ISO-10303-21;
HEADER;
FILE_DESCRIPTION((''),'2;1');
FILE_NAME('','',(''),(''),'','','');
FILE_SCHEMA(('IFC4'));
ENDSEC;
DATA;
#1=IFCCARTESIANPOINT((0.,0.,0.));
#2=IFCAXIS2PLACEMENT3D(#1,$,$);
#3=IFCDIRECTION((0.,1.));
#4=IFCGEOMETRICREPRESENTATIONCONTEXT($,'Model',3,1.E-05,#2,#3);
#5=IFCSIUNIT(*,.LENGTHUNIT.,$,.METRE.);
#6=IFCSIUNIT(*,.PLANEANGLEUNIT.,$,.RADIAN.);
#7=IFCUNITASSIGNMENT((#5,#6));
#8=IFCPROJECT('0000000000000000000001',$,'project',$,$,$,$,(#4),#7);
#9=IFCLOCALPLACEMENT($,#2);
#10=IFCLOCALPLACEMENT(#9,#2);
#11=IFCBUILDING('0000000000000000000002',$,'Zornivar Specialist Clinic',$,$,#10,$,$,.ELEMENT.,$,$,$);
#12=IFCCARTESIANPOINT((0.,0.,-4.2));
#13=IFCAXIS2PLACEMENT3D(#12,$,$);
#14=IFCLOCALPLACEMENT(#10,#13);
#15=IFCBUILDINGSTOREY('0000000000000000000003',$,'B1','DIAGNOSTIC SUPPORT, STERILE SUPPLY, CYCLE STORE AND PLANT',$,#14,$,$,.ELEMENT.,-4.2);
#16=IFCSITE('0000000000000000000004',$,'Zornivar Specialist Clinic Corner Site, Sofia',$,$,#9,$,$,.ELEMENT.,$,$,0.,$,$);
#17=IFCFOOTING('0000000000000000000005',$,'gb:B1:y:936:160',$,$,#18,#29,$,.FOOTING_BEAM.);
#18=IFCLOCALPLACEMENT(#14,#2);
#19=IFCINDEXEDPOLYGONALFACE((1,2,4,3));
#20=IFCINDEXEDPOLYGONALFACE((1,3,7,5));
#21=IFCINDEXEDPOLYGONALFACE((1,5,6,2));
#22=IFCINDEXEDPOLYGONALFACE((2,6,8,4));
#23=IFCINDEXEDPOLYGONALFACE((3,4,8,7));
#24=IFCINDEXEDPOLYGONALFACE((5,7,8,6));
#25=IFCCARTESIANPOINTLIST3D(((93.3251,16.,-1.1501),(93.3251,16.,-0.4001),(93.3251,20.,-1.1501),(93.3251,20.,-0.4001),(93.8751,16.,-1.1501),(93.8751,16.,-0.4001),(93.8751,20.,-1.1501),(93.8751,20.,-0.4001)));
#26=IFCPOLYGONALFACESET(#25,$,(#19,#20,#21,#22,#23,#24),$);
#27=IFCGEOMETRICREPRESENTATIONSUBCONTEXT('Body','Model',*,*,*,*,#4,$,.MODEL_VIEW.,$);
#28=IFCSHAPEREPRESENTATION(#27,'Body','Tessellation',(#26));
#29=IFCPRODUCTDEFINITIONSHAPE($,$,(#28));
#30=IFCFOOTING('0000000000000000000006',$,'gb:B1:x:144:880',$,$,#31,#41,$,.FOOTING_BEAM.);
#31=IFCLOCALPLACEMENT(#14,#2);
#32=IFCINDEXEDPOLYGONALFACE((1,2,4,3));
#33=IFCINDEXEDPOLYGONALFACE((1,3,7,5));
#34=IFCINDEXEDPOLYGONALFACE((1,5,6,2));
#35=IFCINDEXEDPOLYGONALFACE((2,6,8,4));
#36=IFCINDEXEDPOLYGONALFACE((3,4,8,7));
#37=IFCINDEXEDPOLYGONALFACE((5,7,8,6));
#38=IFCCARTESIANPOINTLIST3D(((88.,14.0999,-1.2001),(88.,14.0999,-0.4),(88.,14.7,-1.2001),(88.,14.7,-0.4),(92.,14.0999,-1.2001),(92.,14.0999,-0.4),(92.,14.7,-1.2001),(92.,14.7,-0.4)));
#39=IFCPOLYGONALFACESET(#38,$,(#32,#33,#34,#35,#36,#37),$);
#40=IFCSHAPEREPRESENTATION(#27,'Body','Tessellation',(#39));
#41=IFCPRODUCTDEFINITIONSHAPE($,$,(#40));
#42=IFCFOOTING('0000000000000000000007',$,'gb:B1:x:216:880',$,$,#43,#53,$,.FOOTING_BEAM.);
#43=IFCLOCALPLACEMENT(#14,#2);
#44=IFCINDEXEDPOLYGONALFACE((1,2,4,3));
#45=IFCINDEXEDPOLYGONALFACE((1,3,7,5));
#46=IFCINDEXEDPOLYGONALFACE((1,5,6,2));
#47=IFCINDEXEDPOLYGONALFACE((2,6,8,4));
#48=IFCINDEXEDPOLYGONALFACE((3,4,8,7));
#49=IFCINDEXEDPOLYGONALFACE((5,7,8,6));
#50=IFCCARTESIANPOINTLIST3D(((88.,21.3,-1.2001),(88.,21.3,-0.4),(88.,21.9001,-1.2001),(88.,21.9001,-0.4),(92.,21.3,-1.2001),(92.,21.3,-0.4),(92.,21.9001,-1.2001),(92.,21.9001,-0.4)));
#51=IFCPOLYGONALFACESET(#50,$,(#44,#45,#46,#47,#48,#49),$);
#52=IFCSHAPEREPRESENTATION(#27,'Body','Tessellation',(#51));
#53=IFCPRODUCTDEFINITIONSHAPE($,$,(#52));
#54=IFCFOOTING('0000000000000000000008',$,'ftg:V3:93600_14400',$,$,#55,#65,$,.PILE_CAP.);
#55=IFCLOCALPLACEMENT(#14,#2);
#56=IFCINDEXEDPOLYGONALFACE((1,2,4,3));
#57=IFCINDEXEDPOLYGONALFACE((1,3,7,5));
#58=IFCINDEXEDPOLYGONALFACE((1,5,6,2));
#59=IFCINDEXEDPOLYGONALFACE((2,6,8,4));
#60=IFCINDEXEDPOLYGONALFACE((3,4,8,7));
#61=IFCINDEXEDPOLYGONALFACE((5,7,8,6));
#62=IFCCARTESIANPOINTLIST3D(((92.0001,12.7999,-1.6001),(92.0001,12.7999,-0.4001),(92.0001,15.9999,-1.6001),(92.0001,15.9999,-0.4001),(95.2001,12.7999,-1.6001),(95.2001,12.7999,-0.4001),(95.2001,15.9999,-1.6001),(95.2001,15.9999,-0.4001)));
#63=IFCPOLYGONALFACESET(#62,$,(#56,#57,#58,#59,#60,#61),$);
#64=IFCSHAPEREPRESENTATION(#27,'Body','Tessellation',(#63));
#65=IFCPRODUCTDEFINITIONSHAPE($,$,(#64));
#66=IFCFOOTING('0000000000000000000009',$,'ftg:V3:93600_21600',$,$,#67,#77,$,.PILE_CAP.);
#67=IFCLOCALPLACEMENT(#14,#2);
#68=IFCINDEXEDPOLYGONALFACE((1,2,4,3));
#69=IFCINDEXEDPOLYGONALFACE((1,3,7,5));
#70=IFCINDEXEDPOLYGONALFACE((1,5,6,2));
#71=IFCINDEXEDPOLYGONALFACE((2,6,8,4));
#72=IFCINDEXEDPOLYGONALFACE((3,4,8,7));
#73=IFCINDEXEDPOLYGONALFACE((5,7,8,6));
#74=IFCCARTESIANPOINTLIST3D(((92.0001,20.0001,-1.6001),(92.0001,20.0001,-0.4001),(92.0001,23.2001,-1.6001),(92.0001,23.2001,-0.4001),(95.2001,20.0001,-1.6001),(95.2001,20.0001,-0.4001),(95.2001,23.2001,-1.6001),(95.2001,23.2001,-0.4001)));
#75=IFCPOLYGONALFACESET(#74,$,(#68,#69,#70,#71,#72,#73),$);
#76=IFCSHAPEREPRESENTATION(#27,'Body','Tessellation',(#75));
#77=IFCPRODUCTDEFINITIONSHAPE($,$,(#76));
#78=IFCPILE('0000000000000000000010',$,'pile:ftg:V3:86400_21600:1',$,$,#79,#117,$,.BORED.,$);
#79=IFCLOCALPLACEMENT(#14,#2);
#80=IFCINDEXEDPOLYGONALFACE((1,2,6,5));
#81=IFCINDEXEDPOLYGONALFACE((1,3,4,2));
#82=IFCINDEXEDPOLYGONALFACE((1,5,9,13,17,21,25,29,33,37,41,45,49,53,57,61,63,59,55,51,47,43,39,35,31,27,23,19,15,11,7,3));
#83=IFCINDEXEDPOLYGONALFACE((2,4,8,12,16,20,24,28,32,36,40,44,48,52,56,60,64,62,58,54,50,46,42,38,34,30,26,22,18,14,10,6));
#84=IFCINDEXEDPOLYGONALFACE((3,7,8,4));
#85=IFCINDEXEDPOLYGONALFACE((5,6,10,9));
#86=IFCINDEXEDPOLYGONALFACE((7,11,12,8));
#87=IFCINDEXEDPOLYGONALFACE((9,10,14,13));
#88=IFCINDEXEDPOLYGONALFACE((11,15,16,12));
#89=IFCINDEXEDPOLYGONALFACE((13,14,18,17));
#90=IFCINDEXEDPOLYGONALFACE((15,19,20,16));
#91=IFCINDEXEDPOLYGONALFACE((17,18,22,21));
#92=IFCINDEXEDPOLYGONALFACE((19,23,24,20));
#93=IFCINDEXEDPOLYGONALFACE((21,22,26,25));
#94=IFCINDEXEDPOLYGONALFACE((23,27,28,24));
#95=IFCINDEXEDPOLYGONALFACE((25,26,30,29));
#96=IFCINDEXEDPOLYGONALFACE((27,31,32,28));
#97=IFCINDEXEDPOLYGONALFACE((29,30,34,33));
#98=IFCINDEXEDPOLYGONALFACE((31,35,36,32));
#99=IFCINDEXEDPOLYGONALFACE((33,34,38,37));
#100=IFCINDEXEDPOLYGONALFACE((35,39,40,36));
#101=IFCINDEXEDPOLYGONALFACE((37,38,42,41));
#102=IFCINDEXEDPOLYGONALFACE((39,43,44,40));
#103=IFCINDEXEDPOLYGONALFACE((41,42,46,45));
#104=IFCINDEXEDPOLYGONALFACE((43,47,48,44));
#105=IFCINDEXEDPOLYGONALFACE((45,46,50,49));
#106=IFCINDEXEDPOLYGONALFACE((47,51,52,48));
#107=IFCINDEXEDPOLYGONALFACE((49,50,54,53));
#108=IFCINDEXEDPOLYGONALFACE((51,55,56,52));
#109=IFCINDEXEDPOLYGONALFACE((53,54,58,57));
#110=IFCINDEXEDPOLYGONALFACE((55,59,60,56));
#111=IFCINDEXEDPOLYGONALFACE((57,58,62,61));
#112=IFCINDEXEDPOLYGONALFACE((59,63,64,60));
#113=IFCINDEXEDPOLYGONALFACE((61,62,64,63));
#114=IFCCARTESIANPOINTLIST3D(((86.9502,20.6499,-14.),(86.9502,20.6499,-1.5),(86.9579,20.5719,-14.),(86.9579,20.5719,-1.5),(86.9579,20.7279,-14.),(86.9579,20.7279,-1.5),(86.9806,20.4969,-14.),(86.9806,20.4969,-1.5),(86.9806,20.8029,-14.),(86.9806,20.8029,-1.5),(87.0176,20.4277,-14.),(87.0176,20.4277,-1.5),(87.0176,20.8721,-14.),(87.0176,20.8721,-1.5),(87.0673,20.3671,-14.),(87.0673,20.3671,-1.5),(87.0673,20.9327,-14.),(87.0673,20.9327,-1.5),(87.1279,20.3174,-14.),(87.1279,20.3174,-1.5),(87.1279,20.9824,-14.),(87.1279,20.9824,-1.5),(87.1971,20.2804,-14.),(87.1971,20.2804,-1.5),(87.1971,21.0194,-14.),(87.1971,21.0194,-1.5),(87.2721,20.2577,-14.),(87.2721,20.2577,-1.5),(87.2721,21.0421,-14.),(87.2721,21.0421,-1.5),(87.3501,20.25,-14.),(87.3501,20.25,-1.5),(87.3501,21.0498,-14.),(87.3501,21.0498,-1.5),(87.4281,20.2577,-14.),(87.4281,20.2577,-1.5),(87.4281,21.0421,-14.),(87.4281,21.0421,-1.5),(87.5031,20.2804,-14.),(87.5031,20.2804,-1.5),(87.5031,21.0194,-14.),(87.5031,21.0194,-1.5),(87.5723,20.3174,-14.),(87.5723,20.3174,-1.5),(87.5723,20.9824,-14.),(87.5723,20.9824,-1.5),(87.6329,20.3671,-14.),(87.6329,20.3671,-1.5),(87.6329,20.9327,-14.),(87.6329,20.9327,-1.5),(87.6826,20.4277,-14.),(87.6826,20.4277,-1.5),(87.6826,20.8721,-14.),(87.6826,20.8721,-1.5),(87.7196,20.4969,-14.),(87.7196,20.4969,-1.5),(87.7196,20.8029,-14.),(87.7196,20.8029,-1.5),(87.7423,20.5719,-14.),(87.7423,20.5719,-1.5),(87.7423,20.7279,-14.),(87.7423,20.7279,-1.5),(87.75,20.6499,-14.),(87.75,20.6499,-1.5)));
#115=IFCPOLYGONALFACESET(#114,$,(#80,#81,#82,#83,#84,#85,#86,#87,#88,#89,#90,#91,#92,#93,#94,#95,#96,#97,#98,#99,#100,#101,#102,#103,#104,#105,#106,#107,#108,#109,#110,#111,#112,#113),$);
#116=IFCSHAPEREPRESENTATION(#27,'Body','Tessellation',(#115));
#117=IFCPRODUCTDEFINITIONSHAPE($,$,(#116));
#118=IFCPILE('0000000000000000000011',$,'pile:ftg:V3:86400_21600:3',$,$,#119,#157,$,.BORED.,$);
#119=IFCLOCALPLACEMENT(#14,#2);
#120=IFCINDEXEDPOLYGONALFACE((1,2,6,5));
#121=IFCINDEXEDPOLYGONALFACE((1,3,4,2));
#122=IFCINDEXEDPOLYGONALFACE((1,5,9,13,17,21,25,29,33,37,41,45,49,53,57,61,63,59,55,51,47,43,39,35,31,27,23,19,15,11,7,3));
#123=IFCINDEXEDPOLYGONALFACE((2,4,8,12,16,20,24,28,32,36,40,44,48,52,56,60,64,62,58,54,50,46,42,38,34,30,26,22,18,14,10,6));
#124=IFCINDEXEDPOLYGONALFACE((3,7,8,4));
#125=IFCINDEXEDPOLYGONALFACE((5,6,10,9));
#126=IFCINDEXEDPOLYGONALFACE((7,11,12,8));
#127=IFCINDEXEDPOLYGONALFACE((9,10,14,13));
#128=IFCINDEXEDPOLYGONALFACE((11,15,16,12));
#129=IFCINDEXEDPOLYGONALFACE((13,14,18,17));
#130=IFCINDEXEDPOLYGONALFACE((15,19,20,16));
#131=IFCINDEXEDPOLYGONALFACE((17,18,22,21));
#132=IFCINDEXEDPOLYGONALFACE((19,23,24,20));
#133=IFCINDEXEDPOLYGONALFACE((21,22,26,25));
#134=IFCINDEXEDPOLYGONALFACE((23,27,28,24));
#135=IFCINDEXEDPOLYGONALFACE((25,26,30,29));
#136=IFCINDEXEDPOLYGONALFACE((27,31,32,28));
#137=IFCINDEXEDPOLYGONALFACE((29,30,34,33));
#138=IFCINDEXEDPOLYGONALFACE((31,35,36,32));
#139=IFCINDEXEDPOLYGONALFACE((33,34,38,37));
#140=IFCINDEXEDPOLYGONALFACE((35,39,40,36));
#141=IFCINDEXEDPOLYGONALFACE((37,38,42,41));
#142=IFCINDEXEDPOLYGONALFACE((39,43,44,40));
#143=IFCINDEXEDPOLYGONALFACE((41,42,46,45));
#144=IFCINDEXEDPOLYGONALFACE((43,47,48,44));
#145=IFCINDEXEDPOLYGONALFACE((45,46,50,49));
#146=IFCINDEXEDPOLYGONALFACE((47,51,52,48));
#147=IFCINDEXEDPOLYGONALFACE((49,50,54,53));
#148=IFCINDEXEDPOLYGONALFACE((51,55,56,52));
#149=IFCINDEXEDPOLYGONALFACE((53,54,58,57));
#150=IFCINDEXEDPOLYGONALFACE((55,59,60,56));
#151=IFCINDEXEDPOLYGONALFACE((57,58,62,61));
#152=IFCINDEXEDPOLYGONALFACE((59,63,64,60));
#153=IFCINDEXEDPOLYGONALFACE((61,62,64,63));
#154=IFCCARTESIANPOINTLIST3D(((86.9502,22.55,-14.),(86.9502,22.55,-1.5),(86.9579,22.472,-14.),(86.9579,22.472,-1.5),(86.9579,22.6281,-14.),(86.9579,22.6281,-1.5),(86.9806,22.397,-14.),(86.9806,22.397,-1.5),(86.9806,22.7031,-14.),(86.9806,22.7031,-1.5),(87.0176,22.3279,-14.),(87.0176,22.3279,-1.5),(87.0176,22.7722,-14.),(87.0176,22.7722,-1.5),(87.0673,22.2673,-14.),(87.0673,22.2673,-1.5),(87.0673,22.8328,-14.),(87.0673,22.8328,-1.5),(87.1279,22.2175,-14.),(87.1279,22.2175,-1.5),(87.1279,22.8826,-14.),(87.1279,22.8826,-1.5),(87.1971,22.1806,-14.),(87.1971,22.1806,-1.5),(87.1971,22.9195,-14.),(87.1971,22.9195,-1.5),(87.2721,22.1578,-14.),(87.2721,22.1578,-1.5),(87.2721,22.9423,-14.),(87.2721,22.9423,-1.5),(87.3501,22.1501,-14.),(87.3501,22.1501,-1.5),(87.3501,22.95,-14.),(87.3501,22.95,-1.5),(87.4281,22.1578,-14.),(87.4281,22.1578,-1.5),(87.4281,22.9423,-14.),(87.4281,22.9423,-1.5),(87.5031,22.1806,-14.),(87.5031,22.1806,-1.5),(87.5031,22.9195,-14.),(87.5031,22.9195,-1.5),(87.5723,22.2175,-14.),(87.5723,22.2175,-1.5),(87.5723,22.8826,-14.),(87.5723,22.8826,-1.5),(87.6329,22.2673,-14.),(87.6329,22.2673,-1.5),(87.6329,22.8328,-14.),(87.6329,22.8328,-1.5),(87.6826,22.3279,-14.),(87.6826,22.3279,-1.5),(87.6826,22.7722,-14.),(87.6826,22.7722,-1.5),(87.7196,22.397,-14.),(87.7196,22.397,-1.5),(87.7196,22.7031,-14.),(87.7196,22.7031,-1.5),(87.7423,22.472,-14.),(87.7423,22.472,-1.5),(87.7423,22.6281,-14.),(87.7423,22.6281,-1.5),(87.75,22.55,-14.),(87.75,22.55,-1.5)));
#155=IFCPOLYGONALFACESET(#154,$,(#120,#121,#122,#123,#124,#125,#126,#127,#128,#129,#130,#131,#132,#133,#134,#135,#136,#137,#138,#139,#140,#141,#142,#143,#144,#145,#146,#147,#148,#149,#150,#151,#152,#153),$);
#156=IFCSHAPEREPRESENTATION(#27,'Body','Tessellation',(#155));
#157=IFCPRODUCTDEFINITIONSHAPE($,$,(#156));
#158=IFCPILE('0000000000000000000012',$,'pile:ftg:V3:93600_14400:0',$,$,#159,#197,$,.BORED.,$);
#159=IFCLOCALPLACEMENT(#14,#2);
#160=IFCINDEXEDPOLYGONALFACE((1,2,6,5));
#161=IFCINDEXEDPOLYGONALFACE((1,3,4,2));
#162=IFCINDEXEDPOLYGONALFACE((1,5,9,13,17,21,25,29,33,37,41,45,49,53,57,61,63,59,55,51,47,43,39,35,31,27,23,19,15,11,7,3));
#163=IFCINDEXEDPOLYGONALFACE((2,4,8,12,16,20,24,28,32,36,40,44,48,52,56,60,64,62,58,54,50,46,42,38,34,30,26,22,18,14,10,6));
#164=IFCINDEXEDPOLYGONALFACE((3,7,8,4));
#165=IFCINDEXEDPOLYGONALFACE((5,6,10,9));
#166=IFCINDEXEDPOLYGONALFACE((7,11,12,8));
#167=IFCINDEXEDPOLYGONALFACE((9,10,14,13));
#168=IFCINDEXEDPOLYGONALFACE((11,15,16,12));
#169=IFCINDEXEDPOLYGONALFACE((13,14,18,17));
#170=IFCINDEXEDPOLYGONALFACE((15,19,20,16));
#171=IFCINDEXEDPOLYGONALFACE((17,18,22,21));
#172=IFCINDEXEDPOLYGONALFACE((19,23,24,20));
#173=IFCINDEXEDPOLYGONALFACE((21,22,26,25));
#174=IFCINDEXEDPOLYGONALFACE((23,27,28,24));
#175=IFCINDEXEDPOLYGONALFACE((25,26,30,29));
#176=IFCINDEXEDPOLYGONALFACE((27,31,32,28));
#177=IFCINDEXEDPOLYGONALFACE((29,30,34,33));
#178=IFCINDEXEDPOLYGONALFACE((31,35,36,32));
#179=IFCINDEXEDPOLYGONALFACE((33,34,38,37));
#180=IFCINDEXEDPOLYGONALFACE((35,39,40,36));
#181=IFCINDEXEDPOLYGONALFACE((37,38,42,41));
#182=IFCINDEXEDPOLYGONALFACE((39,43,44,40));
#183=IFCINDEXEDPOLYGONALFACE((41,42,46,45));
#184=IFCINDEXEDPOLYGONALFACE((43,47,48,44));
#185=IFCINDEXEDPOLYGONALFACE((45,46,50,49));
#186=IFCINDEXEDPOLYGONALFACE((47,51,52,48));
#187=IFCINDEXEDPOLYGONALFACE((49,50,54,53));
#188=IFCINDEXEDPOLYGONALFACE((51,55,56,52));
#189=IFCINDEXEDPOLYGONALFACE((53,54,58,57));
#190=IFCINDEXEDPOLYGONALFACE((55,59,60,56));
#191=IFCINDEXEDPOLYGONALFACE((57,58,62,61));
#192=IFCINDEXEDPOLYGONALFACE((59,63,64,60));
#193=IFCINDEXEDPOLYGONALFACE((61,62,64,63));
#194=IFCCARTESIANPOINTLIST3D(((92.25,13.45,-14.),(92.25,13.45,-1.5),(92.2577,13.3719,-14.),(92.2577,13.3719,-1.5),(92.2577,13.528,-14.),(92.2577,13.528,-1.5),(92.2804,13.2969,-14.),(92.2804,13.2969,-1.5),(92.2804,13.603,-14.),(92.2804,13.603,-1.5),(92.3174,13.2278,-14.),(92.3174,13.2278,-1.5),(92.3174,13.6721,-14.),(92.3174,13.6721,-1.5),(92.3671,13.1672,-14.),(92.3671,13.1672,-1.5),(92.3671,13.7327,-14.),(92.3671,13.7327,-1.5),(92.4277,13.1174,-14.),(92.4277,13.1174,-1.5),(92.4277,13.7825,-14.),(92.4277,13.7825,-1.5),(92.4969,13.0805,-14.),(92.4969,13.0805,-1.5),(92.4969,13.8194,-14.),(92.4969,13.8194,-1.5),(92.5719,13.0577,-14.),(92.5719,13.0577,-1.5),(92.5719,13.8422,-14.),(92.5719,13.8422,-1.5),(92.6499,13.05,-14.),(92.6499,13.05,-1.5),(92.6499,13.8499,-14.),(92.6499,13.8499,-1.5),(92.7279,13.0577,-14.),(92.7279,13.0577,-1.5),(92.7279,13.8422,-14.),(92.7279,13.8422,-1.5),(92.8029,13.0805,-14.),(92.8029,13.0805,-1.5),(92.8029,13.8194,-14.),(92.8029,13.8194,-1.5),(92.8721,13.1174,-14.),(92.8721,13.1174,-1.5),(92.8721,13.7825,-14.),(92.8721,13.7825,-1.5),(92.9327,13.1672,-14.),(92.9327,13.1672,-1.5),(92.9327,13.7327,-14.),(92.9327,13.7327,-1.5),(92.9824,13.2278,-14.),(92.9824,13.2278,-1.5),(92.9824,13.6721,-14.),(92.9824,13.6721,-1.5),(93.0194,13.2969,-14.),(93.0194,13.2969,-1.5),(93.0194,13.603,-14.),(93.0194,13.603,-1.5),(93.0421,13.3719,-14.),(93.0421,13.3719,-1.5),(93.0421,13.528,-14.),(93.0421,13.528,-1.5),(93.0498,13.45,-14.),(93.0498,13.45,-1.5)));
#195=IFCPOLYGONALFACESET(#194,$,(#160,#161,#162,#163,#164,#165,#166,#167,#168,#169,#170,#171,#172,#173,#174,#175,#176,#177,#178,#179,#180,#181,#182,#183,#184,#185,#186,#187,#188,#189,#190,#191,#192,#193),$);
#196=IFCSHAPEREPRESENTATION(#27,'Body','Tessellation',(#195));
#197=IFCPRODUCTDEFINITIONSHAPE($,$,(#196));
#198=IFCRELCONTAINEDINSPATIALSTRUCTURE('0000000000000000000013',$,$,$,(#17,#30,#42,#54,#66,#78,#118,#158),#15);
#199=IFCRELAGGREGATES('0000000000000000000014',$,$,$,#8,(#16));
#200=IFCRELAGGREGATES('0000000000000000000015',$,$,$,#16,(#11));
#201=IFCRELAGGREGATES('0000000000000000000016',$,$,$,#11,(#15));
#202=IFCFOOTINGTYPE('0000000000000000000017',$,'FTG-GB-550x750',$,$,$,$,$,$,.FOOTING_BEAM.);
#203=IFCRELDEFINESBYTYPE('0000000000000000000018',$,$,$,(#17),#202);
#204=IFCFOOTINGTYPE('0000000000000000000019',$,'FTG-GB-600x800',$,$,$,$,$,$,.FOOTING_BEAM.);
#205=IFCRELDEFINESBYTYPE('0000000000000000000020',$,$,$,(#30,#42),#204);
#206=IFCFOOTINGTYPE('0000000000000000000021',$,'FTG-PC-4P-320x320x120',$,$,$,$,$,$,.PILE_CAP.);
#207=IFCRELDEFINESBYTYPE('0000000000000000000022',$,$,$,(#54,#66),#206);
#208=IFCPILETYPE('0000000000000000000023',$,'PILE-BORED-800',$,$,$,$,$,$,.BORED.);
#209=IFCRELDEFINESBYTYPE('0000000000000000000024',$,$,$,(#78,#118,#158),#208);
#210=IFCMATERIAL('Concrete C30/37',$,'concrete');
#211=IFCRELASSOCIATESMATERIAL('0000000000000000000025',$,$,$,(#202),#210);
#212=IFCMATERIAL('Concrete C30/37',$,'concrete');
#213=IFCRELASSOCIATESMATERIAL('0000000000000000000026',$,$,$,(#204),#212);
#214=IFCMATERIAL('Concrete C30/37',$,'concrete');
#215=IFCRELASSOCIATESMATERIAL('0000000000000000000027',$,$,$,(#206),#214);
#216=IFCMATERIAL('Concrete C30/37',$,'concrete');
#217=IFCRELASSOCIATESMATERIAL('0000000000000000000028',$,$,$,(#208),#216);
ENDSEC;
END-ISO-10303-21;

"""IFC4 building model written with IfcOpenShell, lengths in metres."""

from ifc_helpers import new_model, si_unit, direction, frame, origin, origin_2d, place, context, subcontext, project, spatial, rectangle, circle, extrude, material, material_profile, profile_set, type_object, element, save


model = new_model("IFC4")

# Units and contexts
model_context = context("Model", 3, precision=1e-05, world=origin(), true_north=direction((0.0, 1.0)))
body_context = subcontext(model_context, "Body", "Model", "MODEL_VIEW")
ifc_project = project(units=[si_unit("LENGTHUNIT", "METRE"), si_unit("PLANEANGLEUNIT", "RADIAN")], contexts=[model_context])

# Site, building, storey
site_placement = place(None, origin())
site = spatial("IfcSite", under=ifc_project, at=site_placement, Name="Zornivar Specialist Clinic Corner Site, Sofia", CompositionType="ELEMENT", RefElevation=0.0)
building_placement = place(site_placement, origin())
building = spatial("IfcBuilding", under=site, at=building_placement, Name="Zornivar Specialist Clinic", CompositionType="ELEMENT")
storey_placement = place(building_placement, frame((0.0, 0.0, -4.2)))
storey = spatial("IfcBuildingStorey", under=building, at=storey_placement, Name="B1", Description="DIAGNOSTIC SUPPORT, STERILE SUPPLY, CYCLE STORE AND PLANT", CompositionType="ELEMENT", Elevation=-4.2)

# Footings
ifc_material_1 = material(Name="Concrete C30/37", Category="concrete")
ifc_material_profile_1 = material_profile(ifc_material_1, rectangle(XDim=0.55, YDim=0.75, at=origin_2d()), Name="RC 550x750")
ifc_profile_set_1 = profile_set([ifc_material_profile_1], Name="Concrete C30/37")
footing_type_1 = type_object("IfcFootingType", Name="FTG-GB-550x750", PredefinedType="FOOTING_BEAM", material=ifc_profile_set_1)
footing_placement = place(storey_placement, frame((93.6001, 16.0, -0.7751), z_axis=(0.0, 1.0, 0.0), x_axis=(-1.0, 0.0, 0.0)))
element("IfcFooting", 1, at=footing_placement, inside=storey, type_object=footing_type_1, Name="gb:B1:y:936:160", PredefinedType="FOOTING_BEAM", context=body_context, shape_type="SweptSolid", body=[
    extrude(rectangle(XDim=0.55, YDim=0.75, at=origin_2d()), origin(), (0.0, 0.0, 1.0), 4.0),
])
ifc_material_2 = material(Name="Concrete C30/37", Category="concrete")
ifc_material_profile_2 = material_profile(ifc_material_2, rectangle(XDim=0.6001, YDim=0.8, at=origin_2d()), Name="RC 600x800")
ifc_profile_set_2 = profile_set([ifc_material_profile_2], Name="Concrete C30/37")
footing_type_2 = type_object("IfcFootingType", Name="FTG-GB-600x800", PredefinedType="FOOTING_BEAM", material=ifc_profile_set_2)
for number, where, z_axis, x_axis, name in (
    (2, (88.0, 14.3999, -0.8), (1.0, 0.0, 0.0), (0.0, 1.0, 0.0), "gb:B1:x:144:880"),
    (3, (88.0, 21.6001, -0.8), (1.0, 0.0, 0.0), (0.0, 1.0, 0.0), "gb:B1:x:216:880"),
):
    element("IfcFooting", number, at=place(storey_placement, frame(where, z_axis=z_axis, x_axis=x_axis)), inside=storey, type_object=footing_type_2, Name=name, PredefinedType="FOOTING_BEAM", context=body_context, shape_type="SweptSolid", body=[
        extrude(rectangle(XDim=0.6001, YDim=0.8, at=origin_2d()), origin(), (0.0, 0.0, 1.0), 4.0),
    ])
ifc_material_3 = material(Name="Concrete C30/37", Category="concrete")
footing_type_3 = type_object("IfcFootingType", Name="FTG-PC-4P-320x320x120", PredefinedType="PILE_CAP", material=ifc_material_3)
for number, where, z_axis, x_axis, name in (
    (4, (93.6001, 14.3999, -1.6001), (0.0, 0.0, 1.0), (1.0, 0.0, 0.0), "ftg:V3:93600_14400"),
    (5, (93.6001, 21.6001, -1.6001), (0.0, 0.0, 1.0), (1.0, 0.0, 0.0), "ftg:V3:93600_21600"),
):
    element("IfcFooting", number, at=place(storey_placement, frame(where, z_axis=z_axis, x_axis=x_axis)), inside=storey, type_object=footing_type_3, Name=name, PredefinedType="PILE_CAP", context=body_context, shape_type="SweptSolid", body=[
        extrude(rectangle(XDim=3.2, YDim=3.2, at=origin_2d()), origin(), (0.0, 0.0, 1.0), 1.2),
    ])

# Piles
ifc_material_4 = material(Name="Concrete C30/37", Category="concrete")
ifc_material_profile_3 = material_profile(ifc_material_4, circle(Radius=0.3999, at=origin_2d()), Name="PILE D800")
ifc_profile_set_3 = profile_set([ifc_material_profile_3], Name="Concrete C30/37")
pile_type = type_object("IfcPileType", Name="PILE-BORED-800", PredefinedType="BORED", material=ifc_profile_set_3)
for number, where, z_axis, x_axis, name in (
    (6, (87.3501, 20.6499, -1.5), (0.0, 0.0, -1.0), (1.0, 0.0, 0.0), "pile:ftg:V3:86400_21600:1"),
    (7, (87.3501, 22.55, -1.5), (0.0, 0.0, -1.0), (1.0, 0.0, 0.0), "pile:ftg:V3:86400_21600:3"),
    (8, (92.6499, 13.45, -1.5), (0.0, 0.0, -1.0), (1.0, 0.0, 0.0), "pile:ftg:V3:93600_14400:0"),
):
    element("IfcPile", number, at=place(storey_placement, frame(where, z_axis=z_axis, x_axis=x_axis)), inside=storey, type_object=pile_type, Name=name, PredefinedType="BORED", context=body_context, shape_type="SweptSolid", body=[
        extrude(circle(Radius=0.3999, at=origin_2d()), origin(), (0.0, 0.0, 1.0), 12.5),
    ])

save(model, "model.ifc")
